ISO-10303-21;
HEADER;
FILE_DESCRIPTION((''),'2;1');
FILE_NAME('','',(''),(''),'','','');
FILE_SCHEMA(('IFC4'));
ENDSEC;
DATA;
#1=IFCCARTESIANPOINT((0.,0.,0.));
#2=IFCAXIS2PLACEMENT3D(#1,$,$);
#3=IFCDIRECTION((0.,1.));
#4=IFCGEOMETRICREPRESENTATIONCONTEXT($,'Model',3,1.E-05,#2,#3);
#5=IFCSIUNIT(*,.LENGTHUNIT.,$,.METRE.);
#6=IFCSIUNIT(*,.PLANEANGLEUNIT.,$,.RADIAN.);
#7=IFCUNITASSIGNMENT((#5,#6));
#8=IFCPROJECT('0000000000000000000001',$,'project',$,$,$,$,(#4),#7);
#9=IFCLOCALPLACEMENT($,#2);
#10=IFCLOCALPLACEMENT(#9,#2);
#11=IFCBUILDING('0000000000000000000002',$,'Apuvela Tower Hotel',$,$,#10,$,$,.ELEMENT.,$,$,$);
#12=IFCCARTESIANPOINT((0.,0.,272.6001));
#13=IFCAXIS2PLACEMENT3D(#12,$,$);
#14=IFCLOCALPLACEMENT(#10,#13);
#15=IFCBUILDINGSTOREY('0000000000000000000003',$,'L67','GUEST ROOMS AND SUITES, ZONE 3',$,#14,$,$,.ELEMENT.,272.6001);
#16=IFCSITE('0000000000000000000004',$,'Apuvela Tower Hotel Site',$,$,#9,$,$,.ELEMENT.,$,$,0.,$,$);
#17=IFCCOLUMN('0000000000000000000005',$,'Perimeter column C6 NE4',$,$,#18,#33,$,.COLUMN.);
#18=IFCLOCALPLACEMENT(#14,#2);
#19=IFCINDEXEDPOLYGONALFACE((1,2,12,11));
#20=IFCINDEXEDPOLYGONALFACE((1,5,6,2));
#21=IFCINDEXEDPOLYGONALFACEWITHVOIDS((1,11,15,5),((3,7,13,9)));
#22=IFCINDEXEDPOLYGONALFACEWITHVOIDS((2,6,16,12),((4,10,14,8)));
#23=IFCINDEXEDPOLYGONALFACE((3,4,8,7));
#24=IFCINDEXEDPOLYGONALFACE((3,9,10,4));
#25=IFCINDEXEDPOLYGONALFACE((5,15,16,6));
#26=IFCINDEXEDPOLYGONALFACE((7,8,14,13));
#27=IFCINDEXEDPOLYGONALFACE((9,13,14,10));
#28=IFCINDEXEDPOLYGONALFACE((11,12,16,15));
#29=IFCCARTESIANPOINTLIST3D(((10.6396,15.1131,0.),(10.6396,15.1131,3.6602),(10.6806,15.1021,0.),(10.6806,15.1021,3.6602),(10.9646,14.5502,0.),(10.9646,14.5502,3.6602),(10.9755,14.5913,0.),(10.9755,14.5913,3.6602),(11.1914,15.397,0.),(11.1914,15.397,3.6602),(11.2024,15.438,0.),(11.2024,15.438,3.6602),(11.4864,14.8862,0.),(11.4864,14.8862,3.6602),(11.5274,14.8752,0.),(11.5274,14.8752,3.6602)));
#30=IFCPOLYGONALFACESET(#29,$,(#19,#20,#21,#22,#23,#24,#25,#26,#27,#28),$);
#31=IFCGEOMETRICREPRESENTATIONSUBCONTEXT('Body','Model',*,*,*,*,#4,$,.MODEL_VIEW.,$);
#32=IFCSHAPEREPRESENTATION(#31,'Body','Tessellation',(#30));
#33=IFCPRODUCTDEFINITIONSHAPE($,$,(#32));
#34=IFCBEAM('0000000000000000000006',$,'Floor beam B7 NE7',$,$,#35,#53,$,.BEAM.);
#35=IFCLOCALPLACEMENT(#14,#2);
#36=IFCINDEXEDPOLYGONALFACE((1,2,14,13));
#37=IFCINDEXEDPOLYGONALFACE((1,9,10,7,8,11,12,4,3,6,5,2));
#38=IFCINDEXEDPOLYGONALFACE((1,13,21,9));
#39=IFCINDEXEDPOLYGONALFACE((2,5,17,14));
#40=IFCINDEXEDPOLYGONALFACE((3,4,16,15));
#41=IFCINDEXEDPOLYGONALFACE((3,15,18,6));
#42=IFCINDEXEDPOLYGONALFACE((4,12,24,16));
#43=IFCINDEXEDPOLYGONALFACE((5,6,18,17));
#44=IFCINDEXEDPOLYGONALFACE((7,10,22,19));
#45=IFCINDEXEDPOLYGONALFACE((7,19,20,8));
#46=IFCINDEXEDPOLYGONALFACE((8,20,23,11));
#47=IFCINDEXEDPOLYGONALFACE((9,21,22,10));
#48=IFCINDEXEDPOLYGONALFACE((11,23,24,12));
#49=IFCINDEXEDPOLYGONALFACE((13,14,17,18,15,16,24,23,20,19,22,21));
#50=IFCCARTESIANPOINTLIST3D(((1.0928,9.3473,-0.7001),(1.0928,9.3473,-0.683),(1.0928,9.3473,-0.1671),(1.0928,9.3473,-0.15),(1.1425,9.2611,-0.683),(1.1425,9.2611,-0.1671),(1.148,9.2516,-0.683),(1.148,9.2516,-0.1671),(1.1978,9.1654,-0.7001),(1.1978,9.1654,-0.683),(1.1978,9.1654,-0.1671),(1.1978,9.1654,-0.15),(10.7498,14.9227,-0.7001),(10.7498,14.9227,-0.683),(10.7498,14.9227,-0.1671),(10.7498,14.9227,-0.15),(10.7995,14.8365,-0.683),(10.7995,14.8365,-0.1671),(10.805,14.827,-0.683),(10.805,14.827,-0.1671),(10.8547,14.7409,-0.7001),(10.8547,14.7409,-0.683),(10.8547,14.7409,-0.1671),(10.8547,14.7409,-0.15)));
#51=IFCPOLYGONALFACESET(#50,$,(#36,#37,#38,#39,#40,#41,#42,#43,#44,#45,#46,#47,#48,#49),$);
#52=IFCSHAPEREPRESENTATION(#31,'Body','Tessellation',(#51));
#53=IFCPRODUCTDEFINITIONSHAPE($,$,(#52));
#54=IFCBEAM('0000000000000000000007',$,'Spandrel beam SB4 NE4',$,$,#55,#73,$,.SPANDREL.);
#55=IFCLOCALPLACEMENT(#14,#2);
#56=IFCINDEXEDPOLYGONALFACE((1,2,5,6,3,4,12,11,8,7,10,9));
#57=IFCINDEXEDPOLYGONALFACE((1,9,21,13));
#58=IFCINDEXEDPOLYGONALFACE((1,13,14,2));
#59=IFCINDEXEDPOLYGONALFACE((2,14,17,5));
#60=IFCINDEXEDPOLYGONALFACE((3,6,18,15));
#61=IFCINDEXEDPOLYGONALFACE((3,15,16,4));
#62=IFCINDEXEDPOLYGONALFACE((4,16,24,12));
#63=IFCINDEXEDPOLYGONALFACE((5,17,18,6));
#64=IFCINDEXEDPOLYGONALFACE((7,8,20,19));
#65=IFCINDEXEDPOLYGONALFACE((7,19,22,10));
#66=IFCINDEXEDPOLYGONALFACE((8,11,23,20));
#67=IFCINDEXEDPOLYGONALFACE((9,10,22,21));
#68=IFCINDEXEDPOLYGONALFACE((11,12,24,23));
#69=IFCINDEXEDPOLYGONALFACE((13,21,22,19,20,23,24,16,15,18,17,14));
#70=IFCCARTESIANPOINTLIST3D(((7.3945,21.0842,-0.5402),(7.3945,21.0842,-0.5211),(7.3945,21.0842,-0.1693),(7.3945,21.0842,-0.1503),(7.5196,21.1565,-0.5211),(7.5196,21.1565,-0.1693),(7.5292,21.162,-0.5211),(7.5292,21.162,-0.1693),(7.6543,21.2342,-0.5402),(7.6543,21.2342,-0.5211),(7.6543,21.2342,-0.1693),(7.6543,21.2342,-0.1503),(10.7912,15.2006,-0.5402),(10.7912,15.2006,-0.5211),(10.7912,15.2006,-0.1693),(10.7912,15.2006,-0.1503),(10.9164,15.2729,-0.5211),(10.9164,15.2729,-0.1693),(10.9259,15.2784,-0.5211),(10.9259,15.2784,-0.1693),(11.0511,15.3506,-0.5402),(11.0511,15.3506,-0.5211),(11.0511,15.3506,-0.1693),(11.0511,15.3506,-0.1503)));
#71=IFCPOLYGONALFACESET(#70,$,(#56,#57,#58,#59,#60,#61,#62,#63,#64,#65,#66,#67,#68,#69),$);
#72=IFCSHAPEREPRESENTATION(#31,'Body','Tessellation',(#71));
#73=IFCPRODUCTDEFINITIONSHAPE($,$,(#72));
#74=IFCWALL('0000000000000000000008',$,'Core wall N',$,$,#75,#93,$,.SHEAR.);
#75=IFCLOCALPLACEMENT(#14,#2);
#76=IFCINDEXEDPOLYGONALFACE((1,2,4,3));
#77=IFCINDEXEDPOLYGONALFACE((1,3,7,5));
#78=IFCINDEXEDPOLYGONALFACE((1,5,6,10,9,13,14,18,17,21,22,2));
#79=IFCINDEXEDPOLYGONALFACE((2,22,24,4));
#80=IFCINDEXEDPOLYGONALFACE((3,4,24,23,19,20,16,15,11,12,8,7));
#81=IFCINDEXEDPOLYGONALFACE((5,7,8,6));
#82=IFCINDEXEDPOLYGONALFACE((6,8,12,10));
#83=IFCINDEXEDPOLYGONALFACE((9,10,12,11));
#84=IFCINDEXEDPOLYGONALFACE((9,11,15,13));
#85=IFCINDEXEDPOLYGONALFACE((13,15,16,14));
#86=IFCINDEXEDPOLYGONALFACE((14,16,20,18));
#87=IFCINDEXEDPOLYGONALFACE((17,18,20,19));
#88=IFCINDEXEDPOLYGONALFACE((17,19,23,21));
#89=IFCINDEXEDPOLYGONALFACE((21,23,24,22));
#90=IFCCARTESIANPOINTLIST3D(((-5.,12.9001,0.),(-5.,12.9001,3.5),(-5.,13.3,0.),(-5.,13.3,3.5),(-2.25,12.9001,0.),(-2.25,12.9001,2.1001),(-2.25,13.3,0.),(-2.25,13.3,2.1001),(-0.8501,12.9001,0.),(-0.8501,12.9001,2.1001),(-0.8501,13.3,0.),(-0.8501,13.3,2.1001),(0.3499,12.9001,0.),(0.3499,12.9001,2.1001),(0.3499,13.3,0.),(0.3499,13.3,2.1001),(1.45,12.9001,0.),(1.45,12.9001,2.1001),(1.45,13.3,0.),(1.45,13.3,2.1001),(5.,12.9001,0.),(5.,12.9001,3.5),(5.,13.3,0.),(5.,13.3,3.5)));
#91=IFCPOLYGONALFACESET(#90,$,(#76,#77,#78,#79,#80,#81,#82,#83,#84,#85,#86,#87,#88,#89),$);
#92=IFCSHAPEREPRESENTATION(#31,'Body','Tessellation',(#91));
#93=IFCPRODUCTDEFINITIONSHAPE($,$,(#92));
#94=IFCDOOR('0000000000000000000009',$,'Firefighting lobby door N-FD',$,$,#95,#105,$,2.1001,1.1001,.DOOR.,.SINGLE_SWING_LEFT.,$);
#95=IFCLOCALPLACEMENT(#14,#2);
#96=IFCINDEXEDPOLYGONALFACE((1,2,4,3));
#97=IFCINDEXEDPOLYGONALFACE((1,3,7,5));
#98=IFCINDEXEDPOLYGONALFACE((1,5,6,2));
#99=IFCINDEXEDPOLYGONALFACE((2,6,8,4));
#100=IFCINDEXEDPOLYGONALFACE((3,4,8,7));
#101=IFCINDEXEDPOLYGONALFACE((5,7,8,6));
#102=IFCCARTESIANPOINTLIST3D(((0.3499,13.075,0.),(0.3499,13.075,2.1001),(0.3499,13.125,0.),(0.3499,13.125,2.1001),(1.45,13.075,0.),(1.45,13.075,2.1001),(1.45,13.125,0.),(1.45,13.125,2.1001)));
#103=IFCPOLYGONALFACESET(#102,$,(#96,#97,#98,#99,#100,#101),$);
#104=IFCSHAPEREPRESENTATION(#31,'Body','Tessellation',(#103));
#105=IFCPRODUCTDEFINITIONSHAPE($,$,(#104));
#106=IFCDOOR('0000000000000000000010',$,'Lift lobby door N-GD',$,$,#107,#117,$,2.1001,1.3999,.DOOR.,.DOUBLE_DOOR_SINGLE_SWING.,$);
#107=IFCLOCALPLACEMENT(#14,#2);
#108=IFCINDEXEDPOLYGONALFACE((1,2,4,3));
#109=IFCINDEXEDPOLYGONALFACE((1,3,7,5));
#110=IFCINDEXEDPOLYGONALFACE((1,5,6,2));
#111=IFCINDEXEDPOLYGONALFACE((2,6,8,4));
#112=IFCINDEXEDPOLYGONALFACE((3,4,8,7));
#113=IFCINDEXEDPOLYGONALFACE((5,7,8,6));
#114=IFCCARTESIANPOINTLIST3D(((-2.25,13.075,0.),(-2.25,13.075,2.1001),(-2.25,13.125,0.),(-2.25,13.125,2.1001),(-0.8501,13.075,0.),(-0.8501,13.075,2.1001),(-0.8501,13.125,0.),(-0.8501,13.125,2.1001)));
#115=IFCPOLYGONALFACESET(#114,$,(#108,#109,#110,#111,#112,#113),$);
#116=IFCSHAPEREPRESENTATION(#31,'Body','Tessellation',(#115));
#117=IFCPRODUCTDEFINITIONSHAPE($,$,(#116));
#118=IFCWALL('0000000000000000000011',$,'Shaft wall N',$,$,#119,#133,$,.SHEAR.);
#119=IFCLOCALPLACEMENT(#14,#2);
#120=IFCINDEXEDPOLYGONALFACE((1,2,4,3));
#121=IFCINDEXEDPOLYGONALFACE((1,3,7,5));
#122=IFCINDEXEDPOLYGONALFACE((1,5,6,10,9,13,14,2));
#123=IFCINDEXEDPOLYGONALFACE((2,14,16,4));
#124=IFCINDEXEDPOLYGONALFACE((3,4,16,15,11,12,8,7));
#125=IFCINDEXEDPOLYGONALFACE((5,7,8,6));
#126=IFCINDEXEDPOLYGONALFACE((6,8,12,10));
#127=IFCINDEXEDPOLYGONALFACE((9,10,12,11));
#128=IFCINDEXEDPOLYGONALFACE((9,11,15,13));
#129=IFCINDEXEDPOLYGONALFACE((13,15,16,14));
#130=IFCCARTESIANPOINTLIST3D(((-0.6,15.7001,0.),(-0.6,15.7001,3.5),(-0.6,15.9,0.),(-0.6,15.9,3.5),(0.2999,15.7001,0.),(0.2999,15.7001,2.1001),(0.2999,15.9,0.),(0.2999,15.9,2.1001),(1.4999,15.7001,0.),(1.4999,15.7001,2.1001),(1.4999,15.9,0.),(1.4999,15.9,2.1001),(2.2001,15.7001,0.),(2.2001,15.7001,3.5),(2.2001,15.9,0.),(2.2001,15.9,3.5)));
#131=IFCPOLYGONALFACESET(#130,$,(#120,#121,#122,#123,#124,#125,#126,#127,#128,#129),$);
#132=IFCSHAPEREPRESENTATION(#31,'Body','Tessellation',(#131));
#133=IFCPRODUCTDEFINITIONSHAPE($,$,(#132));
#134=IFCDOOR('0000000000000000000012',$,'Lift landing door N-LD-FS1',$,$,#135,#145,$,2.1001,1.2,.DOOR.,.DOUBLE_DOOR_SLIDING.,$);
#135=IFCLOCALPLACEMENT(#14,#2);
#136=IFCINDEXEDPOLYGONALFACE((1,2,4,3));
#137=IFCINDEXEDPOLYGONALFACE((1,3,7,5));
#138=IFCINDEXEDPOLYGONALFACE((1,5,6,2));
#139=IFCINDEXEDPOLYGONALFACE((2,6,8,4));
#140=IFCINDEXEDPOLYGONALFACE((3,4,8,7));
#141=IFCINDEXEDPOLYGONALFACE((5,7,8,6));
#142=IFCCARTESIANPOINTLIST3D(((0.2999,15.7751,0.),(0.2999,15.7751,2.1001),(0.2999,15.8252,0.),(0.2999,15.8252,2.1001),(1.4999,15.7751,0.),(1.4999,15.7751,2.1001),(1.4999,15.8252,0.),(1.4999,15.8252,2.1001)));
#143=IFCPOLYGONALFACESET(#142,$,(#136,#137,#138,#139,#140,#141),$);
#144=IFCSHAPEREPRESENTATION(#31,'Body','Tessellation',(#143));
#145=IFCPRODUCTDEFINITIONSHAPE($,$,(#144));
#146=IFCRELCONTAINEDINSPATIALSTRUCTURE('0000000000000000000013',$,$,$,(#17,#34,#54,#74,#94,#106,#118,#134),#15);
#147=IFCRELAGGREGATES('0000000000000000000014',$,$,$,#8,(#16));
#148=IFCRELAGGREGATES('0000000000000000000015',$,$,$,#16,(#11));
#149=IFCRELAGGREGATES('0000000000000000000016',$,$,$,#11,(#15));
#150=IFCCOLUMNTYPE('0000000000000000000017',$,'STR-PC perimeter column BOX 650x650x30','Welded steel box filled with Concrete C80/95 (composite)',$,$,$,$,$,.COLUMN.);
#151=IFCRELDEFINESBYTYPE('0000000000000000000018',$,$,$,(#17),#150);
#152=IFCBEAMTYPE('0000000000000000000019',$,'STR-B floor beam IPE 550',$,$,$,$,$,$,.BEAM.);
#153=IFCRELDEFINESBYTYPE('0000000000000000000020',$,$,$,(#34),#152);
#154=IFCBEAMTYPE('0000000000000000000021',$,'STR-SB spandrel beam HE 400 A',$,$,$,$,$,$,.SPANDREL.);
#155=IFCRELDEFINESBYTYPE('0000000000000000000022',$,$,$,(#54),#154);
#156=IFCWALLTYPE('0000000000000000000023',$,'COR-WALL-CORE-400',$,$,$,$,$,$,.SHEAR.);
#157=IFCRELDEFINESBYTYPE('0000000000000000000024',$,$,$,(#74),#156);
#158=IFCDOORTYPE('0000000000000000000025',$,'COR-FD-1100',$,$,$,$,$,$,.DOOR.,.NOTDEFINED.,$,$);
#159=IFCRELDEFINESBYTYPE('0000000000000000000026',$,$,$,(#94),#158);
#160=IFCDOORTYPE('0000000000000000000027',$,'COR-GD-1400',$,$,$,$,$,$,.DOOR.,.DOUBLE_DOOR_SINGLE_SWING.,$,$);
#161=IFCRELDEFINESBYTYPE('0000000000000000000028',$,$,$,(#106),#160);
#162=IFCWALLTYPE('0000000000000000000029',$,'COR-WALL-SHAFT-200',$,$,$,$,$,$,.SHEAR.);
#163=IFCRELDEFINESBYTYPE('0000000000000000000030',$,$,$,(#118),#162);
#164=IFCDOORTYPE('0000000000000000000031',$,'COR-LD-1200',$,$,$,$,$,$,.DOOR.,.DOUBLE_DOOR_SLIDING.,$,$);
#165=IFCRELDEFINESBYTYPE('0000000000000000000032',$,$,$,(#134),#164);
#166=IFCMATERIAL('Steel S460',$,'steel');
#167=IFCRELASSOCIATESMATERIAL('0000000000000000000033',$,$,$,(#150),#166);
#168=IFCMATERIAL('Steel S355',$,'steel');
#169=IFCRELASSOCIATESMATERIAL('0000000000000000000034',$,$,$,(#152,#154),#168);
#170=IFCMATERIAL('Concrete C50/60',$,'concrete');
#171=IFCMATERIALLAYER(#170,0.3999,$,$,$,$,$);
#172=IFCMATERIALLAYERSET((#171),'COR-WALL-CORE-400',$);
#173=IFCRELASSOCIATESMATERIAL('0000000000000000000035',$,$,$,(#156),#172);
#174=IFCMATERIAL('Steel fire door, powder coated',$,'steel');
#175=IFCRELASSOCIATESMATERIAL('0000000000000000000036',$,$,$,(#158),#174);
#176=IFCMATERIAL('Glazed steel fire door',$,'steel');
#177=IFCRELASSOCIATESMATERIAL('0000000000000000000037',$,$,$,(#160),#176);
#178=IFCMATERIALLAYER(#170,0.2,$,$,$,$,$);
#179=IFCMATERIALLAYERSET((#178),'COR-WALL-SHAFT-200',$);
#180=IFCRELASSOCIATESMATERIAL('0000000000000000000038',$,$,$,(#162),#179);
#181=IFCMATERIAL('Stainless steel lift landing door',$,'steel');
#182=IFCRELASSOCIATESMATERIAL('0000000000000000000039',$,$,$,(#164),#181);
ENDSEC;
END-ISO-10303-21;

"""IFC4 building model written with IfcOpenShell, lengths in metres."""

from ifc_helpers import new_model, si_unit, direction, frame, frame_2d, origin, origin_2d, place, context, subcontext, project, spatial, rectangle, hollow_rectangle, i_section, extrude, boolean, halfspace, material, layer, layer_set, material_profile, profile_set, type_object, element, fill, save


model = new_model("IFC4")

# Units and contexts
model_context = context("Model", 3, precision=1e-05, world=origin(), true_north=direction((0.0, 1.0)))
body_context = subcontext(model_context, "Body", "Model", "MODEL_VIEW")
ifc_project = project(units=[si_unit("LENGTHUNIT", "METRE"), si_unit("PLANEANGLEUNIT", "RADIAN")], contexts=[model_context])

# Site, building, storey
site_placement = place(None, origin())
site = spatial("IfcSite", under=ifc_project, at=site_placement, Name="Apuvela Tower Hotel Site", CompositionType="ELEMENT", RefElevation=0.0)
building_placement = place(site_placement, origin())
building = spatial("IfcBuilding", under=site, at=building_placement, Name="Apuvela Tower Hotel", CompositionType="ELEMENT")
storey_placement = place(building_placement, frame((0.0, 0.0, 272.6001)))
storey = spatial("IfcBuildingStorey", under=building, at=storey_placement, Name="L67", Description="GUEST ROOMS AND SUITES, ZONE 3", CompositionType="ELEMENT", Elevation=272.6001)

# Column
ifc_material_1 = material(Name="Steel S460", Category="steel")
ifc_material_profile_1 = material_profile(ifc_material_1, hollow_rectangle(XDim=0.6499, YDim=0.6499, WallThickness=0.03, at=origin_2d()), Name="BOX 650x650x30")
ifc_material_2 = material(Name="Concrete C80/95", Category="concrete")
ifc_material_profile_2 = material_profile(ifc_material_2, rectangle(XDim=0.5901, YDim=0.5901, at=origin_2d()), Name="Concrete C80/95 infill")
ifc_profile_set_1 = profile_set([ifc_material_profile_1, ifc_material_profile_2], Name="Steel S460")
column_type = type_object("IfcColumnType", Name="STR-PC perimeter column BOX 650x650x30", Description="Welded steel box filled with Concrete C80/95 (composite)", PredefinedType="COLUMN", material=ifc_profile_set_1)
column_placement = place(storey_placement, frame((11.0835, 14.9941, 0.0), z_axis=(0.0, 0.0, 1.0), x_axis=(-0.5, 0.866025, 0.0)))
element("IfcColumn", 1, at=column_placement, inside=storey, type_object=column_type, Name="Perimeter column C6 NE4", PredefinedType="COLUMN", context=body_context, shape_type="SweptSolid", body=[
    boolean("DIFFERENCE", extrude(hollow_rectangle(XDim=0.6499, YDim=0.6499, WallThickness=0.03, at=origin_2d()), origin(), (0.0, 0.0, 1.0), 3.7), halfspace(frame((0.0, 0.0, 3.6602), z_axis=(0.0, 0.0, 1.0), x_axis=(1.0, 0.0, 0.0)), False)),
])

# Beams
ifc_material_3 = material(Name="Steel S355", Category="steel")
ifc_material_profile_3 = material_profile(ifc_material_3, i_section(OverallWidth=0.21, OverallDepth=0.55, WebThickness=0.011, FlangeThickness=0.0171, at=origin_2d()), Name="IPE 550")
ifc_profile_set_2 = profile_set([ifc_material_profile_3], Name="Steel S355")
beam_type_1 = type_object("IfcBeamType", Name="STR-B floor beam IPE 550", PredefinedType="BEAM", material=ifc_profile_set_2)
beam_1_placement = place(storey_placement, frame((10.8022, 14.8318, -0.425), z_axis=(-0.866026, -0.499999, 0.0), x_axis=(0.499999, -0.866026, 0.0)))
element("IfcBeam", 2, at=beam_1_placement, inside=storey, type_object=beam_type_1, Name="Floor beam B7 NE7", PredefinedType="BEAM", context=body_context, shape_type="SweptSolid", body=[
    extrude(i_section(OverallWidth=0.21, OverallDepth=0.55, WebThickness=0.011, FlangeThickness=0.0171, at=origin_2d()), origin(), (0.0, 0.0, 1.0), 11.1509),
])
ifc_material_profile_4 = material_profile(ifc_material_3, i_section(OverallWidth=0.3, OverallDepth=0.3899, WebThickness=0.011, FlangeThickness=0.019, at=origin_2d()), Name="HE 400 A")
ifc_profile_set_3 = profile_set([ifc_material_profile_4], Name="Steel S355")
beam_type_2 = type_object("IfcBeamType", Name="STR-SB spandrel beam HE 400 A", PredefinedType="SPANDREL", material=ifc_profile_set_3)
beam_2_placement = place(storey_placement, frame((10.9211, 15.2756, -0.3452), z_axis=(-0.499985, 0.866034, 0.0), x_axis=(-0.866034, -0.499985, 0.0)))
element("IfcBeam", 3, at=beam_2_placement, inside=storey, type_object=beam_type_2, Name="Spandrel beam SB4 NE4", PredefinedType="SPANDREL", context=body_context, shape_type="SweptSolid", body=[
    extrude(i_section(OverallWidth=0.3, OverallDepth=0.3899, WebThickness=0.011, FlangeThickness=0.019, at=origin_2d()), origin(), (0.0, 0.0, 1.0), 6.7937),
])

# Wall, openings, doors
ifc_material_4 = material(Name="Concrete C50/60", Category="concrete")
ifc_layer_1 = layer(ifc_material_4, 0.3999)
ifc_layer_set_1 = layer_set([ifc_layer_1], Name="COR-WALL-CORE-400")
wall_type_1 = type_object("IfcWallType", Name="COR-WALL-CORE-400", PredefinedType="SHEAR", material=ifc_layer_set_1)
wall_1_placement = place(storey_placement, frame((5.0, 13.1001, 0.0), z_axis=(0.0, 0.0, 1.0), x_axis=(-1.0, 0.0, 0.0)))
wall_1 = element("IfcWall", 4, at=wall_1_placement, inside=storey, type_object=wall_type_1, Name="Core wall N", PredefinedType="SHEAR", context=body_context, shape_type="SweptSolid", body=[
    extrude(rectangle(XDim=10.0, YDim=0.3999, at=frame_2d((5.0, 0.0))), origin(), (0.0, 0.0, 1.0), 3.5),
])
opening_1_placement = place(wall_1_placement, frame((3.55, 0.0, 0.0)))
opening_1 = element("IfcOpeningElement", 5, at=opening_1_placement, cuts=wall_1, PredefinedType="OPENING", context=body_context, shape_type="SweptSolid", body=[
    extrude(rectangle(XDim=1.1001, YDim=2.1001, at=frame_2d((0.55, 1.05))), frame((0.0, 0.21, 0.0), z_axis=(0.0, -1.0, 0.0), x_axis=(1.0, 0.0, 0.0)), (0.0, 0.0, 1.0), 0.4199),
])
opening_2_placement = place(wall_1_placement, frame((5.8501, 0.0, 0.0)))
opening_2 = element("IfcOpeningElement", 6, at=opening_2_placement, cuts=wall_1, PredefinedType="OPENING", context=body_context, shape_type="SweptSolid", body=[
    extrude(rectangle(XDim=1.3999, YDim=2.1001, at=frame_2d((0.7, 1.05))), frame((0.0, 0.21, 0.0), z_axis=(0.0, -1.0, 0.0), x_axis=(1.0, 0.0, 0.0)), (0.0, 0.0, 1.0), 0.4199),
])
ifc_material_5 = material(Name="Steel fire door, powder coated", Category="steel")
door_type_1 = type_object("IfcDoorType", Name="COR-FD-1100", OperationType="NOTDEFINED", PredefinedType="DOOR", material=ifc_material_5)
door_1_placement = place(opening_1_placement, frame((1.1001, 0.0, 0.0), z_axis=(0.0, 0.0, 1.0), x_axis=(-1.0, 0.0, 0.0)))
door_1 = element("IfcDoor", 7, at=door_1_placement, inside=storey, type_object=door_type_1, Name="Firefighting lobby door N-FD", OperationType="SINGLE_SWING_LEFT", OverallHeight=2.1001, OverallWidth=1.1001, PredefinedType="DOOR", context=body_context, shape_type="SweptSolid", body=[
    extrude(rectangle(XDim=1.1001, YDim=2.1001, at=frame_2d((0.55, 1.05))), frame((0.0, 0.0249, 0.0), z_axis=(0.0, -1.0, 0.0), x_axis=(1.0, 0.0, 0.0)), (0.0, 0.0, 1.0), 0.05),
])
fill(opening_1, door_1)
ifc_material_6 = material(Name="Glazed steel fire door", Category="steel")
door_type_2 = type_object("IfcDoorType", Name="COR-GD-1400", OperationType="DOUBLE_DOOR_SINGLE_SWING", PredefinedType="DOOR", material=ifc_material_6)
door_2_placement = place(opening_2_placement, frame((1.3999, 0.0, 0.0), z_axis=(0.0, 0.0, 1.0), x_axis=(-1.0, 0.0, 0.0)))
door_2 = element("IfcDoor", 8, at=door_2_placement, inside=storey, type_object=door_type_2, Name="Lift lobby door N-GD", OperationType="DOUBLE_DOOR_SINGLE_SWING", OverallHeight=2.1001, OverallWidth=1.3999, PredefinedType="DOOR", context=body_context, shape_type="SweptSolid", body=[
    extrude(rectangle(XDim=1.3999, YDim=2.1001, at=frame_2d((0.7, 1.05))), frame((0.0, 0.0249, 0.0), z_axis=(0.0, -1.0, 0.0), x_axis=(1.0, 0.0, 0.0)), (0.0, 0.0, 1.0), 0.05),
])
fill(opening_2, door_2)

# Wall, opening, door
ifc_layer_2 = layer(ifc_material_4, 0.2)
ifc_layer_set_2 = layer_set([ifc_layer_2], Name="COR-WALL-SHAFT-200")
wall_type_2 = type_object("IfcWallType", Name="COR-WALL-SHAFT-200", PredefinedType="SHEAR", material=ifc_layer_set_2)
wall_2_placement = place(storey_placement, frame((2.2, 15.8, 0.0), z_axis=(0.0, 0.0, 1.0), x_axis=(-1.0, 0.0, 0.0)))
wall_2 = element("IfcWall", 9, at=wall_2_placement, inside=storey, type_object=wall_type_2, Name="Shaft wall N", PredefinedType="SHEAR", context=body_context, shape_type="SweptSolid", body=[
    extrude(rectangle(XDim=2.8, YDim=0.2, at=frame_2d((1.3999, 0.0))), origin(), (0.0, 0.0, 1.0), 3.5),
])
opening_3_placement = place(wall_2_placement, frame((0.7, 0.0, 0.0)))
opening_3 = element("IfcOpeningElement", 10, at=opening_3_placement, cuts=wall_2, PredefinedType="OPENING", context=body_context, shape_type="SweptSolid", body=[
    extrude(rectangle(XDim=1.2, YDim=2.1001, at=frame_2d((0.6001, 1.05))), frame((0.0, 0.1099, 0.0), z_axis=(0.0, -1.0, 0.0), x_axis=(1.0, 0.0, 0.0)), (0.0, 0.0, 1.0), 0.22),
])
ifc_material_7 = material(Name="Stainless steel lift landing door", Category="steel")
door_type_3 = type_object("IfcDoorType", Name="COR-LD-1200", OperationType="DOUBLE_DOOR_SLIDING", PredefinedType="DOOR", material=ifc_material_7)
door_3_placement = place(opening_3_placement, origin())
door_3 = element("IfcDoor", 11, at=door_3_placement, inside=storey, type_object=door_type_3, Name="Lift landing door N-LD-FS1", OperationType="DOUBLE_DOOR_SLIDING", OverallHeight=2.1001, OverallWidth=1.2, PredefinedType="DOOR", context=body_context, shape_type="SweptSolid", body=[
    extrude(rectangle(XDim=1.2, YDim=2.1001, at=frame_2d((0.6001, 1.05))), frame((0.0, 0.0249, 0.0), z_axis=(0.0, -1.0, 0.0), x_axis=(1.0, 0.0, 0.0)), (0.0, 0.0, 1.0), 0.05),
])
fill(opening_3, door_3)

save(model, "model.ifc")
